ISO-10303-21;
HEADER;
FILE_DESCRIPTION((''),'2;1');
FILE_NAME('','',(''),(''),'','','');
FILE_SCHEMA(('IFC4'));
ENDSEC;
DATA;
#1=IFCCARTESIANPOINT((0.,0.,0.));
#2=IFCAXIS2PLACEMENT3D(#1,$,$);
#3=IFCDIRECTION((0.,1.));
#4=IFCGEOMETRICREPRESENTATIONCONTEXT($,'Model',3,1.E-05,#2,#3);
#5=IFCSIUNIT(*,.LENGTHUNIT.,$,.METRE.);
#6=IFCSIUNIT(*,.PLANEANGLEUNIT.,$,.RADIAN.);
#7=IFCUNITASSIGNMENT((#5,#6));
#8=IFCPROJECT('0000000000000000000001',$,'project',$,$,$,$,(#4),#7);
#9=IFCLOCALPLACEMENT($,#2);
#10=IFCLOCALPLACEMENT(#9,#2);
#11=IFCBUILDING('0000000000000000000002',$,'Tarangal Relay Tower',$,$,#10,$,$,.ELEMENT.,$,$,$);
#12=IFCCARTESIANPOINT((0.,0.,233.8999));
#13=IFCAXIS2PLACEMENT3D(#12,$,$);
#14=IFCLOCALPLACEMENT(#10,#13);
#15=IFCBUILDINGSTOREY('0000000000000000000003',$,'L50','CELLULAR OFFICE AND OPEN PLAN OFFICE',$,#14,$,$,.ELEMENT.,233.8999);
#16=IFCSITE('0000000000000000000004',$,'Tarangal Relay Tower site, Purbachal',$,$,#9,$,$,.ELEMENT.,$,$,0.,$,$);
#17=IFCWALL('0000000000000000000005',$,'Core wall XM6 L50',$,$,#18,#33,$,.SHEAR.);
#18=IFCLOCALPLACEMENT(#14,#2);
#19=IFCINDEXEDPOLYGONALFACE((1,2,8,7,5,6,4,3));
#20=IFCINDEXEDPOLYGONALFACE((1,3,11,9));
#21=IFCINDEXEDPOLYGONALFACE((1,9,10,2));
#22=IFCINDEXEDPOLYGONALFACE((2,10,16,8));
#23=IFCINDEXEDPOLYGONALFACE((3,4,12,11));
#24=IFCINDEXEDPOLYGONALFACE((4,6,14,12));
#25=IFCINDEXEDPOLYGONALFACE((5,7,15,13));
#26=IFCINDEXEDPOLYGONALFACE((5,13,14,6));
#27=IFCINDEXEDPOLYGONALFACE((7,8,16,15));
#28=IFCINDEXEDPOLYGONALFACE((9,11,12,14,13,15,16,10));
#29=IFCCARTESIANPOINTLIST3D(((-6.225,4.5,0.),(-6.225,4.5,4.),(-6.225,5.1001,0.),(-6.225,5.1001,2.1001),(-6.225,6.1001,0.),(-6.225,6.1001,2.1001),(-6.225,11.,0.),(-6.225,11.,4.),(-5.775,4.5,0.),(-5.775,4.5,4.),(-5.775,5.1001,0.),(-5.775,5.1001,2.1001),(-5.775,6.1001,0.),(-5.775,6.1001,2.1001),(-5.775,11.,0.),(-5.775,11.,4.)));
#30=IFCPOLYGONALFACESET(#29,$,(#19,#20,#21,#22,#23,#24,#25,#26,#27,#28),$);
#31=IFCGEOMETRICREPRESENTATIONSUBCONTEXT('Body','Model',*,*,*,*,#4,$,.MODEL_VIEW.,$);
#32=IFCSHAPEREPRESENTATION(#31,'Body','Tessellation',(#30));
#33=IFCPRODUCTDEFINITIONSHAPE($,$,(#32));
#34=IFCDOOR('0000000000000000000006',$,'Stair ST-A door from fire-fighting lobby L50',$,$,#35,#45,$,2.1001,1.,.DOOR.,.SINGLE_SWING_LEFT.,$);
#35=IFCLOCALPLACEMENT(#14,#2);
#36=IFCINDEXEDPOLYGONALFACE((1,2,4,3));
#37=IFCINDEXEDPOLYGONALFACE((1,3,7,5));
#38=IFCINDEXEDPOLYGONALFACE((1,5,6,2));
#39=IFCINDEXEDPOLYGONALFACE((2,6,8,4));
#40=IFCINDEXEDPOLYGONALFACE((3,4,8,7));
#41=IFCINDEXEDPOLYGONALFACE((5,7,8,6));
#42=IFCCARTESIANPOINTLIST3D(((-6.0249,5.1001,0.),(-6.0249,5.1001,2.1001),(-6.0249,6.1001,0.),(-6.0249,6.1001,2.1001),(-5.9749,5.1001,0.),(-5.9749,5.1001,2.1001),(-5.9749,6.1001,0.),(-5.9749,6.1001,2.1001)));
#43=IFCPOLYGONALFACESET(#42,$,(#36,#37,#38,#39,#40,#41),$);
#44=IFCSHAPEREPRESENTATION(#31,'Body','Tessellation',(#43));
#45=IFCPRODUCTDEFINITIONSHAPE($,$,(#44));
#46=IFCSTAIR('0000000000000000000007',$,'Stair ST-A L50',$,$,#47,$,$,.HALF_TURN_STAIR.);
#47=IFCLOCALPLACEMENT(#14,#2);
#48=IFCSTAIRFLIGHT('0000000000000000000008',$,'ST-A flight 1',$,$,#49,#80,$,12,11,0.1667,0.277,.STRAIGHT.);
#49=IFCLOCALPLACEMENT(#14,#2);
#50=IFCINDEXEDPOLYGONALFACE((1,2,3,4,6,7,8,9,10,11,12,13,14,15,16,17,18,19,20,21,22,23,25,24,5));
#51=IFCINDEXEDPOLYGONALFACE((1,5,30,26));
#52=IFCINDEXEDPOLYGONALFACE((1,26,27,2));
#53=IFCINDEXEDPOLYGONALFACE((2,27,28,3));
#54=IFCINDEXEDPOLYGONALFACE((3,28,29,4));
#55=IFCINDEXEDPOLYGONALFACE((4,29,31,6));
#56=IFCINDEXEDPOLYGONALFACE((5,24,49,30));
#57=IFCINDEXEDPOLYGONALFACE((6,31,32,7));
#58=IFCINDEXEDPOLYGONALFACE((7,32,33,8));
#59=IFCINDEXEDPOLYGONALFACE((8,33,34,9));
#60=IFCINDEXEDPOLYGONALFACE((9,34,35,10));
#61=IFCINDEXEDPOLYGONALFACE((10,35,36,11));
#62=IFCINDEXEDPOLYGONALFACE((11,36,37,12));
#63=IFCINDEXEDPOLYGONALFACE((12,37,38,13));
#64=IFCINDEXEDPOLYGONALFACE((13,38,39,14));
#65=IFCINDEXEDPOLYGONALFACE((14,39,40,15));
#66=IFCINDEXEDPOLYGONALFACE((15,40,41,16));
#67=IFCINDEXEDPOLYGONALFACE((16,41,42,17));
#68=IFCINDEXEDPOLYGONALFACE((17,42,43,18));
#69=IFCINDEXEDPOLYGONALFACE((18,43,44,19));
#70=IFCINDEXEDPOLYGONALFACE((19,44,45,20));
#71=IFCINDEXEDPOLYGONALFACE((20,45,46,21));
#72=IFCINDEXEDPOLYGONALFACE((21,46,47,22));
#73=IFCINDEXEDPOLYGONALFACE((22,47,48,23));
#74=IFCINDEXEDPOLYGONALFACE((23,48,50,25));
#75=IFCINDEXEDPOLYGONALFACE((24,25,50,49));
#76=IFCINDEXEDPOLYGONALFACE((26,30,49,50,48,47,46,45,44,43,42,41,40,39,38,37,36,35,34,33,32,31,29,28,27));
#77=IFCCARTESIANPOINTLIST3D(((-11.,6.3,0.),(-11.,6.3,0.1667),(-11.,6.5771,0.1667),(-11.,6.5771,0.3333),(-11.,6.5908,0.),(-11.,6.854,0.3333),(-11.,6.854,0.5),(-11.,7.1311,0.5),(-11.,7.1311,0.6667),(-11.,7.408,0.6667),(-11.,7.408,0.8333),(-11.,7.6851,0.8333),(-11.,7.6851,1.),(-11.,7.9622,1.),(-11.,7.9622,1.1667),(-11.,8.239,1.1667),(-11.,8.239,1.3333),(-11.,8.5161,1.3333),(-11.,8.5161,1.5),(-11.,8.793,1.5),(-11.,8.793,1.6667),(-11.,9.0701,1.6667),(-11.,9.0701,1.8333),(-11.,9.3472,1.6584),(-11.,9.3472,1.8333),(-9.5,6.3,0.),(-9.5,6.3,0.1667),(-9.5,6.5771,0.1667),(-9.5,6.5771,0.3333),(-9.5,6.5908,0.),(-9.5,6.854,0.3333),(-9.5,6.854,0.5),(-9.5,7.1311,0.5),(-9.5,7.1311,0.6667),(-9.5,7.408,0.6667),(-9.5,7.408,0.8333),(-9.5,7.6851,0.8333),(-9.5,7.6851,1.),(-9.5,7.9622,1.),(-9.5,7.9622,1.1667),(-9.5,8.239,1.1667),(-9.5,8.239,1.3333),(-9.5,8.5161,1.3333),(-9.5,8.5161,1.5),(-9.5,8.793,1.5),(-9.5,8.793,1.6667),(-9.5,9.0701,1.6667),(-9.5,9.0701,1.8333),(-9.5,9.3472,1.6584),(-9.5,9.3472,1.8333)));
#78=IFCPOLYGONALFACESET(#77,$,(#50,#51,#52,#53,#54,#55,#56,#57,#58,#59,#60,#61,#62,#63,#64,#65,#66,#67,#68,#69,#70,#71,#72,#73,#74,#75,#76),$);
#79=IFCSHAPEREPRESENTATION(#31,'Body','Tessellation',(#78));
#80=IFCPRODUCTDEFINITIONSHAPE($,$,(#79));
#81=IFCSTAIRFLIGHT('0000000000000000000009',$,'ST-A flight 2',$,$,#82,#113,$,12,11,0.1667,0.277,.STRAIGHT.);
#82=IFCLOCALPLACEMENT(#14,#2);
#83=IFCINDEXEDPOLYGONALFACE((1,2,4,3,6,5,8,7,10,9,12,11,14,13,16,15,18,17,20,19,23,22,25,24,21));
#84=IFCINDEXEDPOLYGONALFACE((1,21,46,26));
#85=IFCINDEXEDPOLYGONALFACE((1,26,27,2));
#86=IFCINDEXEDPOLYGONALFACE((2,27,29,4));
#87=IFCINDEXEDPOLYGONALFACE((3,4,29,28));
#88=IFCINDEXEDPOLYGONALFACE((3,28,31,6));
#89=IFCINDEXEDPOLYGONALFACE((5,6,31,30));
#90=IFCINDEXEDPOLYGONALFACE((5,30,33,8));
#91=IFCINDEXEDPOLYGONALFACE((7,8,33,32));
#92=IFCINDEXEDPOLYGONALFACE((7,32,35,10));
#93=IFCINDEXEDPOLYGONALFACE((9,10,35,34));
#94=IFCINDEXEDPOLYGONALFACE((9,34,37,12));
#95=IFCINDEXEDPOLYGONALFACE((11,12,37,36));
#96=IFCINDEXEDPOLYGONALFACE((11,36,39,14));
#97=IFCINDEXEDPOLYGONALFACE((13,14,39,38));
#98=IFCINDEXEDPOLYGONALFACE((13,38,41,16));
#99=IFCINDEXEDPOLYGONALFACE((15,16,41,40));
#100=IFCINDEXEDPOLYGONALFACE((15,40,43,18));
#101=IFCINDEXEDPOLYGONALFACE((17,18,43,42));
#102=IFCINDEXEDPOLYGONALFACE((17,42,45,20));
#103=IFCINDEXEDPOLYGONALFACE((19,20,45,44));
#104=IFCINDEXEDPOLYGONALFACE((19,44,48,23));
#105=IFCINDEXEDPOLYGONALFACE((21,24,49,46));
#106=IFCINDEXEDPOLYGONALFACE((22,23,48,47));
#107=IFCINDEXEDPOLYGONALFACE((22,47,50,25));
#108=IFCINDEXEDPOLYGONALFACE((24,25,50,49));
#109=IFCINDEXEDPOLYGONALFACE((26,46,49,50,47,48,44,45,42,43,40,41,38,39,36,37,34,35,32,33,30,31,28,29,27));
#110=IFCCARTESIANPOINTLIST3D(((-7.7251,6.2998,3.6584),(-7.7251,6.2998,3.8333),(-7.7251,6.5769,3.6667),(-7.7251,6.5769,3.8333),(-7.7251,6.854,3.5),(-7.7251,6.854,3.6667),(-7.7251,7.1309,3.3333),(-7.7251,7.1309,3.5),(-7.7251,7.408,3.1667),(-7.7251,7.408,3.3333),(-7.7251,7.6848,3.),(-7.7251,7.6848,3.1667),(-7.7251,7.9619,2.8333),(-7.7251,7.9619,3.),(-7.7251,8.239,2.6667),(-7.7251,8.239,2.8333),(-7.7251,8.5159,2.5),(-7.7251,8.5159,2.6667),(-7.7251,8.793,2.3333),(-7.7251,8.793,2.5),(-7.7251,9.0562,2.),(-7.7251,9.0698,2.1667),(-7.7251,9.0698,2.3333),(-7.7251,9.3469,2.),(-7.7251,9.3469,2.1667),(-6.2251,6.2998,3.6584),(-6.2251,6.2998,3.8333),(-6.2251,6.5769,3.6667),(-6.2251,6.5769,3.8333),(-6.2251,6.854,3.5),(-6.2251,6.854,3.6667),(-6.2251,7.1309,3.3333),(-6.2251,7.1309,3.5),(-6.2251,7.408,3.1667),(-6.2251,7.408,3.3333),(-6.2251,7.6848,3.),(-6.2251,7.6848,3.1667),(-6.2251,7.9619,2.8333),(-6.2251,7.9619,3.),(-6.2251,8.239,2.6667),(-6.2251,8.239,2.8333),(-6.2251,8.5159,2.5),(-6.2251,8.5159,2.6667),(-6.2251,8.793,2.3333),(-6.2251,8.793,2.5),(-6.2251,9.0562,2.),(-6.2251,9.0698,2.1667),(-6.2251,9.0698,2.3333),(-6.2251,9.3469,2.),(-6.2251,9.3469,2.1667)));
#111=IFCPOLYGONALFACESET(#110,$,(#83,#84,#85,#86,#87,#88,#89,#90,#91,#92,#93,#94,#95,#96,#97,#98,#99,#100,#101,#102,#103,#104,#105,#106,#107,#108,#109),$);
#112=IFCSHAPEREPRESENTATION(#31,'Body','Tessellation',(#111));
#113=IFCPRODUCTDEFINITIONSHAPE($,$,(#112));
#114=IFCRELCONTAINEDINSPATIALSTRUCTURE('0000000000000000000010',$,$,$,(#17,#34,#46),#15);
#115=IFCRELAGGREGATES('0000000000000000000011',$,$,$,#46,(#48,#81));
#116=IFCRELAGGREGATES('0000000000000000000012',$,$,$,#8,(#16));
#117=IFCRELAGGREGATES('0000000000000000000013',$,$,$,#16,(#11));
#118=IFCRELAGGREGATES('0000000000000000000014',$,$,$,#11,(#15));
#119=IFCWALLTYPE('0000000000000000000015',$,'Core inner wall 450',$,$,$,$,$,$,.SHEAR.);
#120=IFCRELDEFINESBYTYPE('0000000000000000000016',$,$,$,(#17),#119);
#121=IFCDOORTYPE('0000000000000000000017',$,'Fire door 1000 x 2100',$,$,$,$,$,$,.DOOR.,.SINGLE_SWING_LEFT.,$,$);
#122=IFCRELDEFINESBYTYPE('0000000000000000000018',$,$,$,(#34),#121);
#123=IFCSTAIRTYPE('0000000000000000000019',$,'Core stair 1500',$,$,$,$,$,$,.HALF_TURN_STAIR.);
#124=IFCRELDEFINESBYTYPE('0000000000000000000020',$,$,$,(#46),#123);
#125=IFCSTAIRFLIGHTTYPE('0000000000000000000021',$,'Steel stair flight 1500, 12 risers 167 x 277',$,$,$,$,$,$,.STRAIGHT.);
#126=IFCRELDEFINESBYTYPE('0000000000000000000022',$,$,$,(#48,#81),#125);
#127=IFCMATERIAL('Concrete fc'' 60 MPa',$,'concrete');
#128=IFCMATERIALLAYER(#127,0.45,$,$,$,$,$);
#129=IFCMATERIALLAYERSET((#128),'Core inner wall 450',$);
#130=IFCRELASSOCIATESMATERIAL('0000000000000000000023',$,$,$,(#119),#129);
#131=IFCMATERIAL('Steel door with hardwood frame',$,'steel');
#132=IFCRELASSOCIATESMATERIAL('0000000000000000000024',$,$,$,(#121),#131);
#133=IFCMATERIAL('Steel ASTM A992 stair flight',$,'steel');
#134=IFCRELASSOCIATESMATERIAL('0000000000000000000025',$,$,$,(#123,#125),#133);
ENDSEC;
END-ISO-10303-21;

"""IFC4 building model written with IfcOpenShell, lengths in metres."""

from ifc_helpers import new_model, si_unit, direction, frame, frame_2d, origin, place, context, subcontext, project, spatial, polyline, rectangle, outline, extrude, material, layer, layer_set, type_object, element, fill, aggregate, save


model = new_model("IFC4")

# Units and contexts
model_context = context("Model", 3, precision=1e-05, world=origin(), true_north=direction((0.0, 1.0)))
body_context = subcontext(model_context, "Body", "Model", "MODEL_VIEW")
ifc_project = project(units=[si_unit("LENGTHUNIT", "METRE"), si_unit("PLANEANGLEUNIT", "RADIAN")], contexts=[model_context])

# Site, building, storey
site_placement = place(None, origin())
site = spatial("IfcSite", under=ifc_project, at=site_placement, Name="Tarangal Relay Tower site, Purbachal", CompositionType="ELEMENT", RefElevation=0.0)
building_placement = place(site_placement, origin())
building = spatial("IfcBuilding", under=site, at=building_placement, Name="Tarangal Relay Tower", CompositionType="ELEMENT")
storey_placement = place(building_placement, frame((0.0, 0.0, 233.8999)))
storey = spatial("IfcBuildingStorey", under=building, at=storey_placement, Name="L50", Description="CELLULAR OFFICE AND OPEN PLAN OFFICE", CompositionType="ELEMENT", Elevation=233.8999)

# Shared definitions
ifc_material_1 = material(Name="Concrete fc' 60 MPa", Category="concrete")
ifc_layer = layer(ifc_material_1, 0.45)
ifc_layer_set = layer_set([ifc_layer], Name="Core inner wall 450")
wall_type = type_object("IfcWallType", Name="Core inner wall 450", PredefinedType="SHEAR", material=ifc_layer_set)
ifc_material_2 = material(Name="Steel door with hardwood frame", Category="steel")
door_type_1 = type_object("IfcDoorType", Name="Fire door 1000 x 2100", OperationType="SINGLE_SWING_LEFT", PredefinedType="DOOR", material=ifc_material_2)

# Wall, opening, door
wall_1_placement = place(storey_placement, frame((-6.0, 4.5, 0.0), z_axis=(0.0, 0.0, 1.0), x_axis=(0.0, 1.0, 0.0)))
wall_1 = element("IfcWall", 1, at=wall_1_placement, inside=storey, type_object=wall_type, Name="Core wall XM6 L50", PredefinedType="SHEAR", context=body_context, shape_type="SweptSolid", body=[
    extrude(rectangle(XDim=6.5, YDim=0.45, at=frame_2d((3.25, 0.0))), origin(), (0.0, 0.0, 1.0), 4.0),
])
opening_1_placement = place(wall_1_placement, frame((0.6001, 0.0, 0.0)))
opening_1 = element("IfcOpeningElement", 2, at=opening_1_placement, cuts=wall_1, PredefinedType="OPENING", context=body_context, shape_type="SweptSolid", body=[
    extrude(rectangle(XDim=1.0, YDim=2.1001, at=frame_2d((0.5, 1.05))), frame((0.0, 0.2349, 0.0), z_axis=(0.0, -1.0, 0.0), x_axis=(1.0, 0.0, 0.0)), (0.0, 0.0, 1.0), 0.47),
])
door_1_placement = place(opening_1_placement, origin())
door_1 = element("IfcDoor", 3, at=door_1_placement, inside=storey, type_object=door_type_1, Name="Stair ST-A door from fire-fighting lobby L50", OperationType="SINGLE_SWING_LEFT", OverallHeight=2.1001, OverallWidth=1.0, PredefinedType="DOOR", context=body_context, shape_type="SweptSolid", body=[
    extrude(rectangle(XDim=1.0, YDim=2.1001, at=frame_2d((0.5, 1.05))), frame((0.0, 0.0249, 0.0), z_axis=(0.0, -1.0, 0.0), x_axis=(1.0, 0.0, 0.0)), (0.0, 0.0, 1.0), 0.05),
])
fill(opening_1, door_1)

# Stair, stair flights
ifc_material_3 = material(Name="Steel ASTM A992 stair flight", Category="steel")
stair_type = type_object("IfcStairType", Name="Core stair 1500", PredefinedType="HALF_TURN_STAIR", material=ifc_material_3)
stair_placement = place(storey_placement, origin())
stair = element("IfcStair", 4, at=stair_placement, inside=storey, type_object=stair_type, Name="Stair ST-A L50", PredefinedType="HALF_TURN_STAIR")
stair_flight_type = type_object("IfcStairFlightType", Name="Steel stair flight 1500, 12 risers 167 x 277", PredefinedType="STRAIGHT", material=ifc_material_3)
stair_flight_1_placement = place(storey_placement, frame((-10.25, 6.3, 0.0), z_axis=(0.0, 0.0, 1.0), x_axis=(0.0, 1.0, 0.0)))
stair_flight_1 = element("IfcStairFlight", 5, at=stair_flight_1_placement, type_object=stair_flight_type, Name="ST-A flight 1", NumberOfRisers=12, NumberOfTreads=11, PredefinedType="STRAIGHT", RiserHeight=0.1667, TreadLength=0.277, context=body_context, shape_type="SweptSolid", body=[
    extrude(outline(polyline([(0.0, 0.0), (0.0, 0.1667), (0.2771, 0.1667), (0.2771, 0.3333), (0.554, 0.3333), (0.554, 0.5), (0.8311, 0.5), (0.8311, 0.6667), (1.1079, 0.6667), (1.1079, 0.8333), (1.385, 0.8333), (1.385, 1.0), (1.6621, 1.0), (1.6621, 1.1667), (1.939, 1.1667), (1.939, 1.3333), (2.2161, 1.3333), (2.2161, 1.5), (2.4929, 1.5), (2.4929, 1.6667), (2.77, 1.6667), (2.77, 1.8333), (3.0471, 1.8333), (3.0471, 2.0), (3.0471, 1.6584), (0.2908, 0.0), (0.0, 0.0)])), frame((0.0, 0.75, 0.0), z_axis=(0.0, -1.0, 0.0), x_axis=(1.0, 0.0, 0.0)), (0.0, 0.0, 1.0), 1.5),
])
stair_flight_2_placement = place(storey_placement, frame((-6.9751, 9.3469, 2.0), z_axis=(0.0, 0.0, 1.0), x_axis=(0.0, -1.0, 0.0)))
stair_flight_2 = element("IfcStairFlight", 6, at=stair_flight_2_placement, type_object=stair_flight_type, Name="ST-A flight 2", NumberOfRisers=12, NumberOfTreads=11, PredefinedType="STRAIGHT", RiserHeight=0.1667, TreadLength=0.277, context=body_context, shape_type="SweptSolid", body=[
    extrude(outline(polyline([(0.0, 0.0), (0.0, 0.1667), (0.2771, 0.1667), (0.2771, 0.3333), (0.554, 0.3333), (0.554, 0.5), (0.8311, 0.5), (0.8311, 0.6667), (1.1079, 0.6667), (1.1079, 0.8333), (1.385, 0.8333), (1.385, 1.0), (1.6621, 1.0), (1.6621, 1.1667), (1.939, 1.1667), (1.939, 1.3333), (2.2161, 1.3333), (2.2161, 1.5), (2.4929, 1.5), (2.4929, 1.6667), (2.77, 1.6667), (2.77, 1.8333), (3.0471, 1.8333), (3.0471, 2.0), (3.0471, 1.6584), (0.2908, 0.0), (0.0, 0.0)])), frame((0.0, 0.75, 0.0), z_axis=(0.0, -1.0, 0.0), x_axis=(1.0, 0.0, 0.0)), (0.0, 0.0, 1.0), 1.5),
])
aggregate(stair, [stair_flight_1, stair_flight_2])

save(model, "model.ifc")
